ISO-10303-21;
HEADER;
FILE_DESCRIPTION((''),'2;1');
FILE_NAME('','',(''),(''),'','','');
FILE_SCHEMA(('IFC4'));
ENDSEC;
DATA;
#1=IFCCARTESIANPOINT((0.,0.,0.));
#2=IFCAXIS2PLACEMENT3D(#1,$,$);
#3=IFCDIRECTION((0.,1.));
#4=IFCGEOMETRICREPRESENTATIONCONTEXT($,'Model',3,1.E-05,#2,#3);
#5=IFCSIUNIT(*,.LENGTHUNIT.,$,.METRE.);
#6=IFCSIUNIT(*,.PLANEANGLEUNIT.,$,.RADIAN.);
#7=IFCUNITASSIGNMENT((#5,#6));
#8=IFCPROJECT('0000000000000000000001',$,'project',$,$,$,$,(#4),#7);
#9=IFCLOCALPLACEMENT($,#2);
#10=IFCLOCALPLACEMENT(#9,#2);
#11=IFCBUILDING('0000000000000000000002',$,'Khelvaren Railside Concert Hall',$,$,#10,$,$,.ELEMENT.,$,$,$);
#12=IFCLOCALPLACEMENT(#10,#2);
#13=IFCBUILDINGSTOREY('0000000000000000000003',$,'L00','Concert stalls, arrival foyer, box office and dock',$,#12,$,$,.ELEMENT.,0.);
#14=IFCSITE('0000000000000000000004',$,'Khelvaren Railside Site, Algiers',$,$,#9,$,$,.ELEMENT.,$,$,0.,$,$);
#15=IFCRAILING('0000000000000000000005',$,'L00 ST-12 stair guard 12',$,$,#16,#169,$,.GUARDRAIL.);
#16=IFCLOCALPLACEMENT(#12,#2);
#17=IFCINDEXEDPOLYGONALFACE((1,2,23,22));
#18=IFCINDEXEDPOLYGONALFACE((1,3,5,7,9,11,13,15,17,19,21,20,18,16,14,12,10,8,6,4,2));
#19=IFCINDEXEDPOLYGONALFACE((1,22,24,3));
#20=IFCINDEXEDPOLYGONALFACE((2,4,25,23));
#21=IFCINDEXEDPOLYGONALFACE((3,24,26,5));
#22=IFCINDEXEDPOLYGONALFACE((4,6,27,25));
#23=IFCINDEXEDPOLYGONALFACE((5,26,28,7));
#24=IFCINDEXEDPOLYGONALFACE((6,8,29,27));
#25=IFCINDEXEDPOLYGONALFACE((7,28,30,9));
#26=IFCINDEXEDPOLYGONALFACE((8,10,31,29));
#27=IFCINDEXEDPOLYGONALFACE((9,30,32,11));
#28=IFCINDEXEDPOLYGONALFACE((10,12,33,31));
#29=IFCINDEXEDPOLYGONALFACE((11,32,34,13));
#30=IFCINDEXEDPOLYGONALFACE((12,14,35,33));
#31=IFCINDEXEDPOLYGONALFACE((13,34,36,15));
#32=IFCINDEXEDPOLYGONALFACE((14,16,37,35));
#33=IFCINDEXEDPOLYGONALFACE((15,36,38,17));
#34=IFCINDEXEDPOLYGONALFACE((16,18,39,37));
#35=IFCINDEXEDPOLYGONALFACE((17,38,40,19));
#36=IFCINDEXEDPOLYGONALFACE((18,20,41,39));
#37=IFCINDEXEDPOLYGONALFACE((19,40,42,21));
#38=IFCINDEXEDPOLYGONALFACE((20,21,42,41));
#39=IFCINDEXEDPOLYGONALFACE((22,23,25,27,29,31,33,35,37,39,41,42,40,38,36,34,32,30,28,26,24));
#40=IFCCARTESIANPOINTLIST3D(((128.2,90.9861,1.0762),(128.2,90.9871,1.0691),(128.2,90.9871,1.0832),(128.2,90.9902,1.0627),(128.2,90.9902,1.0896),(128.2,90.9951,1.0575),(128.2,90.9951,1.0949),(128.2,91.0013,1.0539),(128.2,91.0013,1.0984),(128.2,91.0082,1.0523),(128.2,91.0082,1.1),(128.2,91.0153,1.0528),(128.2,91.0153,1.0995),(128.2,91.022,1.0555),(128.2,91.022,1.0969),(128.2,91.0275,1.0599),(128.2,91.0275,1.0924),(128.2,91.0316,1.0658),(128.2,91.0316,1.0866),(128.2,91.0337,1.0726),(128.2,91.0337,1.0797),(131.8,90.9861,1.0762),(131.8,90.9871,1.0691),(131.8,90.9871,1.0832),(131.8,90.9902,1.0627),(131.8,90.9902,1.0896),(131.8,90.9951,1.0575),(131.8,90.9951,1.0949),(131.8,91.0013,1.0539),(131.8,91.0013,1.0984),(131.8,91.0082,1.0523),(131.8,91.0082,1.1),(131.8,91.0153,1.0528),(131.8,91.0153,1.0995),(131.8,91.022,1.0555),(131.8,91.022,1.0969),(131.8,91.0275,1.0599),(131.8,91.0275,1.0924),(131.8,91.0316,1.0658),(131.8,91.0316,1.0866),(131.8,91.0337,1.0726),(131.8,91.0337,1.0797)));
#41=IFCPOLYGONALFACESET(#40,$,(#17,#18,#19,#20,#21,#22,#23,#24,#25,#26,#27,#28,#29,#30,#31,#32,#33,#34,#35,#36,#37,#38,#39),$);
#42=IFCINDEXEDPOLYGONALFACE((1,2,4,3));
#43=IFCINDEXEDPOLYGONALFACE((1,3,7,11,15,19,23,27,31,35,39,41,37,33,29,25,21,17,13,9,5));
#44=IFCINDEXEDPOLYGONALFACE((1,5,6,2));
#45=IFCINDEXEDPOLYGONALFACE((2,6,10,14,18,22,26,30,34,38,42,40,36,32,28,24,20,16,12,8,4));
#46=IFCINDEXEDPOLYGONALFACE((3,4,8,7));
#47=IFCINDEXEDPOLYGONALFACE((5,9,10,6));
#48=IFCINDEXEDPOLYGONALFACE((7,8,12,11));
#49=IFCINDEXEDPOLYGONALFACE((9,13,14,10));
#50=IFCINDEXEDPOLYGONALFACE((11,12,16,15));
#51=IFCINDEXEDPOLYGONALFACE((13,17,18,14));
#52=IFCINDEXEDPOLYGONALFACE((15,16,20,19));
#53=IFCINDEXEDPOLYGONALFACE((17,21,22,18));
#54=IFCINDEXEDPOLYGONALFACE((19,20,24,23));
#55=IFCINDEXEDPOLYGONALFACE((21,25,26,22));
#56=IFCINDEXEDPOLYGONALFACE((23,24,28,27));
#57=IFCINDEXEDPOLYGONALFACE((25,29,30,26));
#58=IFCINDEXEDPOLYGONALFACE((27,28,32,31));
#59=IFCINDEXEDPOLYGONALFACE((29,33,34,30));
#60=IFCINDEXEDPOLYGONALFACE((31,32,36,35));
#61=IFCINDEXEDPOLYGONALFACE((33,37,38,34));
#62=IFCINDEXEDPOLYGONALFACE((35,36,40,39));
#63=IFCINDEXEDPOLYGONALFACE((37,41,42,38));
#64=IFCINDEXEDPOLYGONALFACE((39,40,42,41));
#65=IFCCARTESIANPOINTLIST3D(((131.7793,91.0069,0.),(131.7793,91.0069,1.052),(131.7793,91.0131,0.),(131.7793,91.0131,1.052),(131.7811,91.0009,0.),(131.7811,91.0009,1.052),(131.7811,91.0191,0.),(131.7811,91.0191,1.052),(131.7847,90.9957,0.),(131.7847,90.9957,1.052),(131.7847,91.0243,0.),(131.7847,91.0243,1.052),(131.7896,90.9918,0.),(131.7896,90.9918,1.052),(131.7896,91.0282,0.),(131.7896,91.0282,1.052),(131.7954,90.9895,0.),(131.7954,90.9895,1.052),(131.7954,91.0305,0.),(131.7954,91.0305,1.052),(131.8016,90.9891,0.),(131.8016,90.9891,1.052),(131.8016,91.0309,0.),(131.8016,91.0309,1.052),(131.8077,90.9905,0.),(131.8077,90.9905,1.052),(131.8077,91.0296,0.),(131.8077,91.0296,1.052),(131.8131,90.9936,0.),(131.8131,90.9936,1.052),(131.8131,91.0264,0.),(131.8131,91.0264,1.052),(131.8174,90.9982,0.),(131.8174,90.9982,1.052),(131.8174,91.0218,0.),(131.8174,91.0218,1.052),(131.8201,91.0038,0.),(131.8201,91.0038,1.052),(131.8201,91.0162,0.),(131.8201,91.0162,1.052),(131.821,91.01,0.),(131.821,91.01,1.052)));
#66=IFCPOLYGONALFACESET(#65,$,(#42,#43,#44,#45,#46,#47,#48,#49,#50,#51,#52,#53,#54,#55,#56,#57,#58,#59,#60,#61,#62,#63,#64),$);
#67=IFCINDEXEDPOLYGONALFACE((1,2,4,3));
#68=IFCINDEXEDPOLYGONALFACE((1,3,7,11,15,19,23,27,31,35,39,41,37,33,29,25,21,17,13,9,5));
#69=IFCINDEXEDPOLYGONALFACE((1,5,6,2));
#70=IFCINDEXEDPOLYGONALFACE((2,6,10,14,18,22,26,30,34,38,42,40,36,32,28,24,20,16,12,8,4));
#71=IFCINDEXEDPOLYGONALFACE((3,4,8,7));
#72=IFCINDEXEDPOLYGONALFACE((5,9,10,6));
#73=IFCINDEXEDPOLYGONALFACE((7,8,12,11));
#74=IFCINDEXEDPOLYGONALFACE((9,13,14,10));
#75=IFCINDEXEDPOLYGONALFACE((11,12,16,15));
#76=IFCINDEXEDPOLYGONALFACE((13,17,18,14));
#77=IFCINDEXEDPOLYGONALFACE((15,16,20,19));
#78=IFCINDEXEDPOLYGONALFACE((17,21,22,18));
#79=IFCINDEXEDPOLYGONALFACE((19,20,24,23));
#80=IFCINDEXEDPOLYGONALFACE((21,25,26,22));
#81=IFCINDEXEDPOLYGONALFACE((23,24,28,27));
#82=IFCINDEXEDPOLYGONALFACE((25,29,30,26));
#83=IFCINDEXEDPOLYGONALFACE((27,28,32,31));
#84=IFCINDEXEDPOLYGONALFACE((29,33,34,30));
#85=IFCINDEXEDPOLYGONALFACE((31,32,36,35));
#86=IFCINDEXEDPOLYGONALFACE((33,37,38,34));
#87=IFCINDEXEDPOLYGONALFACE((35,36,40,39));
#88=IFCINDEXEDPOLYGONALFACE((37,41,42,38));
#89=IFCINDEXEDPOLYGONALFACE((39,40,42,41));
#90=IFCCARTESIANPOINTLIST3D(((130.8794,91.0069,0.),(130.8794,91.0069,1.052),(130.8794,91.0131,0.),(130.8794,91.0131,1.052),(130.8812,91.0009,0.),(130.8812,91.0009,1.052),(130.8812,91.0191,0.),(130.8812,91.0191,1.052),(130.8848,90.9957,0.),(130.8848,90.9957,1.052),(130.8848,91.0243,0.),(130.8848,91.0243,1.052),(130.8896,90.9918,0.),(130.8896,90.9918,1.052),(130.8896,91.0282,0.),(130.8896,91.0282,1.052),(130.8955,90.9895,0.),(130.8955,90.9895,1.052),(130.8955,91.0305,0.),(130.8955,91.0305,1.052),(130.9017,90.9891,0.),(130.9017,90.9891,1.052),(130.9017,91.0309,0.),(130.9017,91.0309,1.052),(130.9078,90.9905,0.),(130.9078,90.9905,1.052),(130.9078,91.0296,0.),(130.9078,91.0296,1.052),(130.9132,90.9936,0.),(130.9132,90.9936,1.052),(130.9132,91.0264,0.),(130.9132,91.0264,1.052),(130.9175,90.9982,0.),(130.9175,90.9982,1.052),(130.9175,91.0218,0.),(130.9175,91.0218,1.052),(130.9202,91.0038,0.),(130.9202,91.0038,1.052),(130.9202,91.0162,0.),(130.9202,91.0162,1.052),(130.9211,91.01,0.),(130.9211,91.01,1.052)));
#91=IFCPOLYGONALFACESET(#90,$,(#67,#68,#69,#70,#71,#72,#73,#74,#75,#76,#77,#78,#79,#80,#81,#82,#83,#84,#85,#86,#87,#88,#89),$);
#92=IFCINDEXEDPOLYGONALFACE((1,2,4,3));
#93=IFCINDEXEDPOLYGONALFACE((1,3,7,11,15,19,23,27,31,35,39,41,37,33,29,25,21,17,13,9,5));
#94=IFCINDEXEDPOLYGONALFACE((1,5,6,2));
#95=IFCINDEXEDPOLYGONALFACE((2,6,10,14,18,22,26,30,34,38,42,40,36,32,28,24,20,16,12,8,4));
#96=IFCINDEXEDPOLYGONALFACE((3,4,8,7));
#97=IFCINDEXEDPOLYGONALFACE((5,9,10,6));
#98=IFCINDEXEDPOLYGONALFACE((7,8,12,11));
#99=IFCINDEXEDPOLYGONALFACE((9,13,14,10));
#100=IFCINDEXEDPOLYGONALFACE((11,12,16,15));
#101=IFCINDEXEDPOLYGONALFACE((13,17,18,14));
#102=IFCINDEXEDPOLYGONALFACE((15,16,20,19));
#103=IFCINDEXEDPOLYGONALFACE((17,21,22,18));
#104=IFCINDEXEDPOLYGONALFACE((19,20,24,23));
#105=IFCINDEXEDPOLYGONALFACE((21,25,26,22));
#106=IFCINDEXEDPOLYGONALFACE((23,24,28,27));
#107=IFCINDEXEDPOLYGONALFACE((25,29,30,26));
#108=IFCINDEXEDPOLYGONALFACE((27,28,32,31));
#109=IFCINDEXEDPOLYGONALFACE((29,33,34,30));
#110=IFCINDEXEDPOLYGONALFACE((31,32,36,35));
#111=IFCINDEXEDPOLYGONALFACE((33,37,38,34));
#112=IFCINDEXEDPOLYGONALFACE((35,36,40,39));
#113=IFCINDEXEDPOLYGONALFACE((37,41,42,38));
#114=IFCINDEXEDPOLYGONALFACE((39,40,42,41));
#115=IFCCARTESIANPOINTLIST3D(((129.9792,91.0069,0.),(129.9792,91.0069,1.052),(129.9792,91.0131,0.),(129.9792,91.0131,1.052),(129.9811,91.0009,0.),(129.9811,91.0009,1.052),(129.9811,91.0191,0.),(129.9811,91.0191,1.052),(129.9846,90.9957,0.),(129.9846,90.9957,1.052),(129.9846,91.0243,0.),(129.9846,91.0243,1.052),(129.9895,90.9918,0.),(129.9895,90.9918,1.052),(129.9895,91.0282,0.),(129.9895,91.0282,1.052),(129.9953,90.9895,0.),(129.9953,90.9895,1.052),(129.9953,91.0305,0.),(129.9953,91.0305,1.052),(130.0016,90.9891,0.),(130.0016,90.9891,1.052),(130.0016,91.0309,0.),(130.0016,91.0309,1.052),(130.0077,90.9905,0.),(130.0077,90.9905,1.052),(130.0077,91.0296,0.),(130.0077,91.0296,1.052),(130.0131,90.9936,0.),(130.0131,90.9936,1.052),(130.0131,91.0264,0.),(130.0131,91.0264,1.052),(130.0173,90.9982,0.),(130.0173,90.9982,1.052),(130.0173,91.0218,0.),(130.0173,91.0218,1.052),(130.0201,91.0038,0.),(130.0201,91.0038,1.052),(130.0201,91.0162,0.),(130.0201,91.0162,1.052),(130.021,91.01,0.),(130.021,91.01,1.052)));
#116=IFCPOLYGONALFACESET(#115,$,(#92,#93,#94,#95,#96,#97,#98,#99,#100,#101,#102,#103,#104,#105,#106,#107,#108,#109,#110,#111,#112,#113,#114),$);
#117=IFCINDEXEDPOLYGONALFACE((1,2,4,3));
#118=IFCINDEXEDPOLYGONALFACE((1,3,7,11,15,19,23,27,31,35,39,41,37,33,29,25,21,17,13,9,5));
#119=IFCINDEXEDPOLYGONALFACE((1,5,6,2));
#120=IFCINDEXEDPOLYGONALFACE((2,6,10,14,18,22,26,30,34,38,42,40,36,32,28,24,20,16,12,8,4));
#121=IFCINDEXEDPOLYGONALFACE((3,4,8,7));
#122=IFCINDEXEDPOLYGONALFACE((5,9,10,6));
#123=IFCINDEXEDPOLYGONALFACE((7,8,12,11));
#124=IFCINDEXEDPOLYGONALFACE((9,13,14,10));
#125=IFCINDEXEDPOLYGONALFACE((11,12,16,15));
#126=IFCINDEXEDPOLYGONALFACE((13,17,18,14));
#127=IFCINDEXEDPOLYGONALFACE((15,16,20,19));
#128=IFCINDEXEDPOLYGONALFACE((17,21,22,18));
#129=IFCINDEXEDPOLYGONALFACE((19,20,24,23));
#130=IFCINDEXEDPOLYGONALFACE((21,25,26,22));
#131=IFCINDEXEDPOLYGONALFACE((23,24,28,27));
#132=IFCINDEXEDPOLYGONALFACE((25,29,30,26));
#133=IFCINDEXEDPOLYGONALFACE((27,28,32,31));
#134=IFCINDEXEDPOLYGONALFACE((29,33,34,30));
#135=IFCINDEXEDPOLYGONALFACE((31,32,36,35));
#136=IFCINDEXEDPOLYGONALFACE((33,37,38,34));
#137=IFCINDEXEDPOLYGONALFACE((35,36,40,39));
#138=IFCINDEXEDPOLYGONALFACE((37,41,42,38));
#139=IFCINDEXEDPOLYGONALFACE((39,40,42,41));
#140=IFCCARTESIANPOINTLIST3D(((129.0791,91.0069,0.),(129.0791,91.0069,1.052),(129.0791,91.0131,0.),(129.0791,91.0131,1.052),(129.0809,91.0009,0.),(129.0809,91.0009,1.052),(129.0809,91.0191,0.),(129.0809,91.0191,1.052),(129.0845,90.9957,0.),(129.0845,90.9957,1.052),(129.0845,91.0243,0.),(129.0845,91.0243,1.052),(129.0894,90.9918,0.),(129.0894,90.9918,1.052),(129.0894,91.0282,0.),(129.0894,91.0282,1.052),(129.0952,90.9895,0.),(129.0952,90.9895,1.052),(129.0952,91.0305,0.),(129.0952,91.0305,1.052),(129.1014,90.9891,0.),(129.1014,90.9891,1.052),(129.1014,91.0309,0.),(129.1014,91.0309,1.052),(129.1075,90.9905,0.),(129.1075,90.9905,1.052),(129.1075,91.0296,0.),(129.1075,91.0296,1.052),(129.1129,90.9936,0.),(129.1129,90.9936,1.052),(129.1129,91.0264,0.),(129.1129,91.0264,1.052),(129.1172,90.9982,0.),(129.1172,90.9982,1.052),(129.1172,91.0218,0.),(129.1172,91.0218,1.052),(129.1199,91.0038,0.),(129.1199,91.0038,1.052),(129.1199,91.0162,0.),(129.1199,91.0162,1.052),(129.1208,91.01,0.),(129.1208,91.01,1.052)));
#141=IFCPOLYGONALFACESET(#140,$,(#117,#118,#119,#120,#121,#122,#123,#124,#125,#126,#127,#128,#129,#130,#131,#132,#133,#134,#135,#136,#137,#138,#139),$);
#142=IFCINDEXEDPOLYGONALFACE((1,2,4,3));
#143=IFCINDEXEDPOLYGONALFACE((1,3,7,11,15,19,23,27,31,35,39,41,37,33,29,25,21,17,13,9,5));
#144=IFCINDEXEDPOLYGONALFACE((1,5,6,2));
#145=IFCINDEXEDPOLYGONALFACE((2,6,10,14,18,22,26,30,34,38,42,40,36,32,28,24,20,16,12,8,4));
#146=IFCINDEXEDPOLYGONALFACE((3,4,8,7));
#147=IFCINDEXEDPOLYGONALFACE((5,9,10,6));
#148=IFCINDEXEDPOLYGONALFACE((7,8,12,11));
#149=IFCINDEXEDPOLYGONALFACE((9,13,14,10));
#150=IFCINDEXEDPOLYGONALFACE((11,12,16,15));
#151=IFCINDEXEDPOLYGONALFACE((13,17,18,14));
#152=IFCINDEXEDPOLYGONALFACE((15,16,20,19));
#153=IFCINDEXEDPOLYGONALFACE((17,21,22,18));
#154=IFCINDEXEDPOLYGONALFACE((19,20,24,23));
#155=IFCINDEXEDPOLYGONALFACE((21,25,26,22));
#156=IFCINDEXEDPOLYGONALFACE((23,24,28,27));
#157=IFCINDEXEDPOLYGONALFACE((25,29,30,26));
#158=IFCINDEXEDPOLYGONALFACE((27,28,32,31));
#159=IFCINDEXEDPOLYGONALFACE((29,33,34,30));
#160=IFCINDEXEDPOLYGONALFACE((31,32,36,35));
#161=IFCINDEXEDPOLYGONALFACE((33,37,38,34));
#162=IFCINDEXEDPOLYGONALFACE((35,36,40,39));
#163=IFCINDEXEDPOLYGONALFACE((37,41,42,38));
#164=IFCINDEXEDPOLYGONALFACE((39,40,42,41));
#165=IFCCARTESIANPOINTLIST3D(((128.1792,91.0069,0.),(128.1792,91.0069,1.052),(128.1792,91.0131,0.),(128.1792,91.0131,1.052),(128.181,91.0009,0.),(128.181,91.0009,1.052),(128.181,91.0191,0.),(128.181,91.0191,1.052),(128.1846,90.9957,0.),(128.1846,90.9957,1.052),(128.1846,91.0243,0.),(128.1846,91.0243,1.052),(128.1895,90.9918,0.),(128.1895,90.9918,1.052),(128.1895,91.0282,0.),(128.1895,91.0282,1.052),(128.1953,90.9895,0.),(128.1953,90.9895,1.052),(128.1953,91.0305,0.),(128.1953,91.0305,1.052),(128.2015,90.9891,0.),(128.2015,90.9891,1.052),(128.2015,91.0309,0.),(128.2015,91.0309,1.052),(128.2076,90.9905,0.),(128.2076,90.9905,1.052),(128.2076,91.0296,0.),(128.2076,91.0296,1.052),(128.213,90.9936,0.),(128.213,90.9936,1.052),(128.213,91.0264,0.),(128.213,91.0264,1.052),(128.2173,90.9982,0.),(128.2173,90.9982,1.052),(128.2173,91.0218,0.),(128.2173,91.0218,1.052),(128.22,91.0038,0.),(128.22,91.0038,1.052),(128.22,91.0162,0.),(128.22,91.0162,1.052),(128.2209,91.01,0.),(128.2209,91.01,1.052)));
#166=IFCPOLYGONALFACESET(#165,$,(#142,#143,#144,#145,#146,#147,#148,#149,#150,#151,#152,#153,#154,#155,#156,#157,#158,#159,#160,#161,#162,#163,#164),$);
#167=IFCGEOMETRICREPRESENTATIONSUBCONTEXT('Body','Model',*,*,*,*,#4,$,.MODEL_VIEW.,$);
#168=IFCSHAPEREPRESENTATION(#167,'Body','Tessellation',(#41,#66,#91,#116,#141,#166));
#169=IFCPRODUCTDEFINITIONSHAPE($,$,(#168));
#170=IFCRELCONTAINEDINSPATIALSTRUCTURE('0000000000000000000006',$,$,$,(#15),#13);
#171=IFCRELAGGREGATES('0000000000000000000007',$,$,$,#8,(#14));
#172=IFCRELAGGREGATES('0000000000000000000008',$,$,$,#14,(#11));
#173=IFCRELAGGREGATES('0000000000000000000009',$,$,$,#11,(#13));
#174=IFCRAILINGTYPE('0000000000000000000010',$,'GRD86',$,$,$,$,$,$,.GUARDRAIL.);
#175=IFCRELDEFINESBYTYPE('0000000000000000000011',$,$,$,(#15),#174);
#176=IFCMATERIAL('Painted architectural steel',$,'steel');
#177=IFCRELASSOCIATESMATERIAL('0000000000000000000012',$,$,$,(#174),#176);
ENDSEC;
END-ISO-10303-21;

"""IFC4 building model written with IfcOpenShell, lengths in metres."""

from ifc_helpers import new_model, si_unit, direction, frame, origin, origin_2d, place, context, subcontext, project, spatial, circle, extrude, material, type_object, element, save


model = new_model("IFC4")

# Units and contexts
model_context = context("Model", 3, precision=1e-05, world=origin(), true_north=direction((0.0, 1.0)))
body_context = subcontext(model_context, "Body", "Model", "MODEL_VIEW")
ifc_project = project(units=[si_unit("LENGTHUNIT", "METRE"), si_unit("PLANEANGLEUNIT", "RADIAN")], contexts=[model_context])

# Site, building, storey
site_placement = place(None, origin())
site = spatial("IfcSite", under=ifc_project, at=site_placement, Name="Khelvaren Railside Site, Algiers", CompositionType="ELEMENT", RefElevation=0.0)
building_placement = place(site_placement, origin())
building = spatial("IfcBuilding", under=site, at=building_placement, Name="Khelvaren Railside Concert Hall", CompositionType="ELEMENT")
storey_placement = place(building_placement, origin())
storey = spatial("IfcBuildingStorey", under=building, at=storey_placement, Name="L00", Description="Concert stalls, arrival foyer, box office and dock", CompositionType="ELEMENT", Elevation=0.0)

# Railing
ifc_material_1 = material(Name="Painted architectural steel", Category="steel")
railing_type_1 = type_object("IfcRailingType", Name="GRD86", PredefinedType="GUARDRAIL", material=ifc_material_1)
railing_1_placement = place(storey_placement, frame((131.8, 91.01, 0.0)))
element("IfcRailing", 1, at=railing_1_placement, inside=storey, type_object=railing_type_1, Name="L00 ST-12 stair guard 12", PredefinedType="GUARDRAIL", context=body_context, shape_type="SweptSolid", body=[
    extrude(circle(Radius=0.0239, at=origin_2d()), frame((0.0, 0.0, 1.0762), z_axis=(-1.0, 0.0, 0.0), x_axis=(0.0, -1.0, 0.0)), (0.0, 0.0, 1.0), 3.6001),
    extrude(circle(Radius=0.021, at=origin_2d()), origin(), (0.0, 0.0, 1.0), 1.052),
    extrude(circle(Radius=0.021, at=origin_2d()), frame((-0.8999, 0.0, 0.0)), (0.0, 0.0, 1.0), 1.052),
    extrude(circle(Radius=0.021, at=origin_2d()), frame((-1.8, 0.0, 0.0)), (0.0, 0.0, 1.0), 1.052),
    extrude(circle(Radius=0.021, at=origin_2d()), frame((-2.7002, 0.0, 0.0)), (0.0, 0.0, 1.0), 1.052),
    extrude(circle(Radius=0.021, at=origin_2d()), frame((-3.6001, 0.0, 0.0)), (0.0, 0.0, 1.0), 1.052),
])

save(model, "model.ifc")
